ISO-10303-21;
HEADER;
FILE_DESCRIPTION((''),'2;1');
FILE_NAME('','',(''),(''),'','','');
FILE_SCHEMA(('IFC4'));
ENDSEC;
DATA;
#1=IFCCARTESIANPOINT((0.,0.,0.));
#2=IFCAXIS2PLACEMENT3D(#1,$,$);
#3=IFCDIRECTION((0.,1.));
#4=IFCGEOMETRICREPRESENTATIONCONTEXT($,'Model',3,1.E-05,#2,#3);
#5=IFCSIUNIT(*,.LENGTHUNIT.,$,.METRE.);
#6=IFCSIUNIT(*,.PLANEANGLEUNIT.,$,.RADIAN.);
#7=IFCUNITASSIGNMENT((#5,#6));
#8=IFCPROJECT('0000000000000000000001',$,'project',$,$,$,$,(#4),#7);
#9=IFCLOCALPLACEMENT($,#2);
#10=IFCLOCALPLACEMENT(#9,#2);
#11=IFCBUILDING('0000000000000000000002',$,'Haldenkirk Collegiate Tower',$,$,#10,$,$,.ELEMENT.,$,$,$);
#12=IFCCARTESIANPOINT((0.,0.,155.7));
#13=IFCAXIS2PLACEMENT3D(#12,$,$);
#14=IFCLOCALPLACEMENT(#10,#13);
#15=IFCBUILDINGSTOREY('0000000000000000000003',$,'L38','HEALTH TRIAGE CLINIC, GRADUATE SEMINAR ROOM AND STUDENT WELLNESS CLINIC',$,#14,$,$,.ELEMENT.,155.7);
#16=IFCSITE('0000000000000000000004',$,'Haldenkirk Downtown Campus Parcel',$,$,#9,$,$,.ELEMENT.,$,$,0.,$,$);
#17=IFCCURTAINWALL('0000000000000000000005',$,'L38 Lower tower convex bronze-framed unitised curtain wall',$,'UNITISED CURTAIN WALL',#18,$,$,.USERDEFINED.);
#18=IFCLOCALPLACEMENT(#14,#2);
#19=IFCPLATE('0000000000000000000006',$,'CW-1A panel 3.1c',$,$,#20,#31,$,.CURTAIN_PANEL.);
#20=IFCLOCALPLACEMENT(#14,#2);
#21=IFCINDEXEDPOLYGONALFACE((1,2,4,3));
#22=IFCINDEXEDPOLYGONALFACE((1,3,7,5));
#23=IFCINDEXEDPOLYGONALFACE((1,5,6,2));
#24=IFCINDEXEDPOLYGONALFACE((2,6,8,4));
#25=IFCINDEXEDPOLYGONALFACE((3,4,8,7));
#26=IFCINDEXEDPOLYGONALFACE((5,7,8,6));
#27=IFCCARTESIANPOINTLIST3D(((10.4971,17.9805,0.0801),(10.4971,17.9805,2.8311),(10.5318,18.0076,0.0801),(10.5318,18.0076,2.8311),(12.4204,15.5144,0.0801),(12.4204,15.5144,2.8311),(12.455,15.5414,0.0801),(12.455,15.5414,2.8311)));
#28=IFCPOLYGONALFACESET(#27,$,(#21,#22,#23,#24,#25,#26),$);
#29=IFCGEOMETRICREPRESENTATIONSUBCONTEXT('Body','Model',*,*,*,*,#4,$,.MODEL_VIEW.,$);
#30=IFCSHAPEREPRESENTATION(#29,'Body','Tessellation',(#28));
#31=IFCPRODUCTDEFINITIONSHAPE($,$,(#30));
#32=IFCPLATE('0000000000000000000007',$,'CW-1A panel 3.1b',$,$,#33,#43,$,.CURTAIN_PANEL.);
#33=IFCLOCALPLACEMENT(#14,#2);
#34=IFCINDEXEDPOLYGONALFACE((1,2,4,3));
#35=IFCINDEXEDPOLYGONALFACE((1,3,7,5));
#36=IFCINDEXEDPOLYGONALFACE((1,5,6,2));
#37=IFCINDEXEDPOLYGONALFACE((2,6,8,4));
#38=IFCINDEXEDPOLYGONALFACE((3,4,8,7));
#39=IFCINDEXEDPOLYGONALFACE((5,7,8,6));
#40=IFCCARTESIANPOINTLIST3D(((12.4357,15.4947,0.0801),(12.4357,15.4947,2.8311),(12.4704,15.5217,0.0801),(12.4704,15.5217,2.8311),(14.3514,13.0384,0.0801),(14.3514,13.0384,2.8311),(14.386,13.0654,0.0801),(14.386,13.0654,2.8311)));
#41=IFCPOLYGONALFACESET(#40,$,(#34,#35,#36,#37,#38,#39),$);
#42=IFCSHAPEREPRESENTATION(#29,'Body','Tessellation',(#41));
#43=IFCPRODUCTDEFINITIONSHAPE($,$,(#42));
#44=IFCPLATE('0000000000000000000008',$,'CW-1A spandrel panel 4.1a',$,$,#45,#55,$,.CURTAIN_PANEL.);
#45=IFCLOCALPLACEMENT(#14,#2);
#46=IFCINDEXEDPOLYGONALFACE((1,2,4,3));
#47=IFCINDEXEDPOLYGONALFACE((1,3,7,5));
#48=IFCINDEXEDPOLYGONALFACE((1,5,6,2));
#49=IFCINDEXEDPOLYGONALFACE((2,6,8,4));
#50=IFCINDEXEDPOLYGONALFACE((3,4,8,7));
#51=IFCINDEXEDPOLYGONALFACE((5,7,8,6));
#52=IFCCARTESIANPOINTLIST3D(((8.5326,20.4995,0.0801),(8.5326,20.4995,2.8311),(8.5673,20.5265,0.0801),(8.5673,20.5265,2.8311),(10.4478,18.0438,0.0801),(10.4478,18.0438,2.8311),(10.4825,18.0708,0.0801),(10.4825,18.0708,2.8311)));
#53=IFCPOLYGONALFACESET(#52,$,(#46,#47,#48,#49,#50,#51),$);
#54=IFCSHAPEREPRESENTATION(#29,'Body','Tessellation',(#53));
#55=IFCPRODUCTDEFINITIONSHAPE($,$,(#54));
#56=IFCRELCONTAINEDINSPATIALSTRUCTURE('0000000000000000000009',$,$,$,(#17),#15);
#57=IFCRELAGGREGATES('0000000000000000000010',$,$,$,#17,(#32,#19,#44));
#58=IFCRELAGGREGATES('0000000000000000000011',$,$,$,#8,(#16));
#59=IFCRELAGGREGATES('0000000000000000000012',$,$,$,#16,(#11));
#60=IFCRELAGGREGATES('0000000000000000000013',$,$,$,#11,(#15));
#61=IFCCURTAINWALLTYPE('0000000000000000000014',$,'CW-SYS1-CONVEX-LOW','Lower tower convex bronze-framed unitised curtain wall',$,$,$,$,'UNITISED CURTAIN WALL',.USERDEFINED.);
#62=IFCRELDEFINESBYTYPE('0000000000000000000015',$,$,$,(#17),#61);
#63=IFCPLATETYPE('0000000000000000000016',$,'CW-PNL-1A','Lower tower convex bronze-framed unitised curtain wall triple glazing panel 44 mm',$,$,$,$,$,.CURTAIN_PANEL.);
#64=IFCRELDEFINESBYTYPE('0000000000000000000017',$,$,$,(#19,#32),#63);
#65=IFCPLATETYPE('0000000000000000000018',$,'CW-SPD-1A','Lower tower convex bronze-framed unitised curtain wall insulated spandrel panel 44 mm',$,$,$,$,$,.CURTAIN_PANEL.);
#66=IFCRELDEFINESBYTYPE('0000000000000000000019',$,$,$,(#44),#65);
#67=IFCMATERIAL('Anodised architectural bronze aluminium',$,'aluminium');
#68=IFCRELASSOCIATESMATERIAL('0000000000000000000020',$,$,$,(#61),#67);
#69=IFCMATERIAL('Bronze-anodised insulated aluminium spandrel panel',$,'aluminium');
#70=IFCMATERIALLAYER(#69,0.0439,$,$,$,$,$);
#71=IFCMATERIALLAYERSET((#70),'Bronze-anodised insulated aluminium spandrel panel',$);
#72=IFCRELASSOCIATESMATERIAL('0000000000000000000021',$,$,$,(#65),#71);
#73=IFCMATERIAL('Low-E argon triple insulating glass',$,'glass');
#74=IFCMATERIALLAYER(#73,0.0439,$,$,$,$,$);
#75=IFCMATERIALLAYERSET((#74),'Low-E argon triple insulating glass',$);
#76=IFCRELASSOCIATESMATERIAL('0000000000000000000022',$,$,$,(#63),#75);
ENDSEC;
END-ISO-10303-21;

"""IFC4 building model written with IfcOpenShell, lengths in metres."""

from ifc_helpers import new_model, si_unit, direction, frame, origin, origin_2d, place, context, subcontext, project, spatial, rectangle, extrude, source, transform, mapped, material, layer, layer_set, type_object, element, aggregate, save


model = new_model("IFC4")

# Units and contexts
model_context = context("Model", 3, precision=1e-05, world=origin(), true_north=direction((0.0, 1.0)))
body_context = subcontext(model_context, "Body", "Model", "MODEL_VIEW")
ifc_project = project(units=[si_unit("LENGTHUNIT", "METRE"), si_unit("PLANEANGLEUNIT", "RADIAN")], contexts=[model_context])

# Site, building, storey
site_placement = place(None, origin())
site = spatial("IfcSite", under=ifc_project, at=site_placement, Name="Haldenkirk Downtown Campus Parcel", CompositionType="ELEMENT", RefElevation=0.0)
building_placement = place(site_placement, origin())
building = spatial("IfcBuilding", under=site, at=building_placement, Name="Haldenkirk Collegiate Tower", CompositionType="ELEMENT")
storey_placement = place(building_placement, frame((0.0, 0.0, 155.7)))
storey = spatial("IfcBuildingStorey", under=building, at=storey_placement, Name="L38", Description="HEALTH TRIAGE CLINIC, GRADUATE SEMINAR ROOM AND STUDENT WELLNESS CLINIC", CompositionType="ELEMENT", Elevation=155.7)

# Curtain wall
ifc_material_1 = material(Name="Anodised architectural bronze aluminium", Category="aluminium")
curtain_wall_type = type_object("IfcCurtainWallType", Name="CW-SYS1-CONVEX-LOW", Description="Lower tower convex bronze-framed unitised curtain wall", ElementType="UNITISED CURTAIN WALL", PredefinedType="USERDEFINED", material=ifc_material_1)
curtain_wall_placement = place(storey_placement, origin())
curtain_wall = element("IfcCurtainWall", 1, at=curtain_wall_placement, inside=storey, type_object=curtain_wall_type, Name="L38 Lower tower convex bronze-framed unitised curtain wall", ObjectType="UNITISED CURTAIN WALL", PredefinedType="USERDEFINED")

# Plates
ifc_material_2 = material(Name="Bronze-anodised insulated aluminium spandrel panel", Category="aluminium")
ifc_layer_1 = layer(ifc_material_2, 0.0439)
ifc_layer_set_1 = layer_set([ifc_layer_1], Name="Bronze-anodised insulated aluminium spandrel panel")
plate_type_1 = type_object("IfcPlateType", Name="CW-SPD-1A", Description="Lower tower convex bronze-framed unitised curtain wall insulated spandrel panel 44 mm", PredefinedType="CURTAIN_PANEL", material=ifc_layer_set_1)
shared_shape_1 = source(origin(), body_context, "Body", "SweptSolid", [
    extrude(rectangle(XDim=3.1274, YDim=0.0439, at=origin_2d()), origin(), (0.0, 0.0, 1.0), 2.751),
])
ifc_material_3 = material(Name="Low-E argon triple insulating glass", Category="glass")
ifc_layer_2 = layer(ifc_material_3, 0.0439)
ifc_layer_set_2 = layer_set([ifc_layer_2], Name="Low-E argon triple insulating glass")
plate_type_2 = type_object("IfcPlateType", Name="CW-PNL-1A", Description="Lower tower convex bronze-framed unitised curtain wall triple glazing panel 44 mm", PredefinedType="CURTAIN_PANEL", material=ifc_layer_set_2)
plate_1_placement = place(storey_placement, frame((11.4761, 16.761, 0.0801), z_axis=(0.0, 0.0, 1.0), x_axis=(-0.614974, 0.788548, 0.0)))
plate_1 = element("IfcPlate", 2, at=plate_1_placement, type_object=plate_type_2, Name="CW-1A panel 3.1c", PredefinedType="CURTAIN_PANEL", context=body_context, shape_type="MappedRepresentation", body=[
    mapped(shared_shape_1, transform((0.0, 0.0, 0.0), x_axis=(1.0, 0.0, 0.0), y_axis=(0.0, 1.0, 0.0), z_axis=(0.0, 0.0, 1.0), scale=1.0)),
])
shared_shape_2 = source(origin(), body_context, "Body", "SweptSolid", [
    extrude(rectangle(XDim=3.115, YDim=0.0439, at=origin_2d()), origin(), (0.0, 0.0, 1.0), 2.751),
])
plate_2_placement = place(storey_placement, frame((13.4109, 14.28, 0.0801), z_axis=(0.0, 0.0, 1.0), x_axis=(-0.614974, 0.788548, 0.0)))
plate_2 = element("IfcPlate", 3, at=plate_2_placement, type_object=plate_type_2, Name="CW-1A panel 3.1b", PredefinedType="CURTAIN_PANEL", context=body_context, shape_type="MappedRepresentation", body=[
    mapped(shared_shape_2, transform((0.0, 0.0, 0.0), x_axis=(1.0, 0.0, 0.0), y_axis=(0.0, 1.0, 0.0), z_axis=(0.0, 0.0, 1.0), scale=1.0)),
])
shared_shape_3 = source(origin(), body_context, "Body", "SweptSolid", [
    extrude(rectangle(XDim=3.1143, YDim=0.0439, at=origin_2d()), origin(), (0.0, 0.0, 1.0), 2.751),
])
plate_3_placement = place(storey_placement, frame((9.5076, 19.2852, 0.0801), z_axis=(0.0, 0.0, 1.0), x_axis=(-0.614974, 0.788548, 0.0)))
plate_3 = element("IfcPlate", 4, at=plate_3_placement, type_object=plate_type_1, Name="CW-1A spandrel panel 4.1a", PredefinedType="CURTAIN_PANEL", context=body_context, shape_type="MappedRepresentation", body=[
    mapped(shared_shape_3, transform((0.0, 0.0, 0.0), x_axis=(1.0, 0.0, 0.0), y_axis=(0.0, 1.0, 0.0), z_axis=(0.0, 0.0, 1.0), scale=1.0)),
])
aggregate(curtain_wall, [plate_2, plate_1, plate_3])

save(model, "model.ifc")
